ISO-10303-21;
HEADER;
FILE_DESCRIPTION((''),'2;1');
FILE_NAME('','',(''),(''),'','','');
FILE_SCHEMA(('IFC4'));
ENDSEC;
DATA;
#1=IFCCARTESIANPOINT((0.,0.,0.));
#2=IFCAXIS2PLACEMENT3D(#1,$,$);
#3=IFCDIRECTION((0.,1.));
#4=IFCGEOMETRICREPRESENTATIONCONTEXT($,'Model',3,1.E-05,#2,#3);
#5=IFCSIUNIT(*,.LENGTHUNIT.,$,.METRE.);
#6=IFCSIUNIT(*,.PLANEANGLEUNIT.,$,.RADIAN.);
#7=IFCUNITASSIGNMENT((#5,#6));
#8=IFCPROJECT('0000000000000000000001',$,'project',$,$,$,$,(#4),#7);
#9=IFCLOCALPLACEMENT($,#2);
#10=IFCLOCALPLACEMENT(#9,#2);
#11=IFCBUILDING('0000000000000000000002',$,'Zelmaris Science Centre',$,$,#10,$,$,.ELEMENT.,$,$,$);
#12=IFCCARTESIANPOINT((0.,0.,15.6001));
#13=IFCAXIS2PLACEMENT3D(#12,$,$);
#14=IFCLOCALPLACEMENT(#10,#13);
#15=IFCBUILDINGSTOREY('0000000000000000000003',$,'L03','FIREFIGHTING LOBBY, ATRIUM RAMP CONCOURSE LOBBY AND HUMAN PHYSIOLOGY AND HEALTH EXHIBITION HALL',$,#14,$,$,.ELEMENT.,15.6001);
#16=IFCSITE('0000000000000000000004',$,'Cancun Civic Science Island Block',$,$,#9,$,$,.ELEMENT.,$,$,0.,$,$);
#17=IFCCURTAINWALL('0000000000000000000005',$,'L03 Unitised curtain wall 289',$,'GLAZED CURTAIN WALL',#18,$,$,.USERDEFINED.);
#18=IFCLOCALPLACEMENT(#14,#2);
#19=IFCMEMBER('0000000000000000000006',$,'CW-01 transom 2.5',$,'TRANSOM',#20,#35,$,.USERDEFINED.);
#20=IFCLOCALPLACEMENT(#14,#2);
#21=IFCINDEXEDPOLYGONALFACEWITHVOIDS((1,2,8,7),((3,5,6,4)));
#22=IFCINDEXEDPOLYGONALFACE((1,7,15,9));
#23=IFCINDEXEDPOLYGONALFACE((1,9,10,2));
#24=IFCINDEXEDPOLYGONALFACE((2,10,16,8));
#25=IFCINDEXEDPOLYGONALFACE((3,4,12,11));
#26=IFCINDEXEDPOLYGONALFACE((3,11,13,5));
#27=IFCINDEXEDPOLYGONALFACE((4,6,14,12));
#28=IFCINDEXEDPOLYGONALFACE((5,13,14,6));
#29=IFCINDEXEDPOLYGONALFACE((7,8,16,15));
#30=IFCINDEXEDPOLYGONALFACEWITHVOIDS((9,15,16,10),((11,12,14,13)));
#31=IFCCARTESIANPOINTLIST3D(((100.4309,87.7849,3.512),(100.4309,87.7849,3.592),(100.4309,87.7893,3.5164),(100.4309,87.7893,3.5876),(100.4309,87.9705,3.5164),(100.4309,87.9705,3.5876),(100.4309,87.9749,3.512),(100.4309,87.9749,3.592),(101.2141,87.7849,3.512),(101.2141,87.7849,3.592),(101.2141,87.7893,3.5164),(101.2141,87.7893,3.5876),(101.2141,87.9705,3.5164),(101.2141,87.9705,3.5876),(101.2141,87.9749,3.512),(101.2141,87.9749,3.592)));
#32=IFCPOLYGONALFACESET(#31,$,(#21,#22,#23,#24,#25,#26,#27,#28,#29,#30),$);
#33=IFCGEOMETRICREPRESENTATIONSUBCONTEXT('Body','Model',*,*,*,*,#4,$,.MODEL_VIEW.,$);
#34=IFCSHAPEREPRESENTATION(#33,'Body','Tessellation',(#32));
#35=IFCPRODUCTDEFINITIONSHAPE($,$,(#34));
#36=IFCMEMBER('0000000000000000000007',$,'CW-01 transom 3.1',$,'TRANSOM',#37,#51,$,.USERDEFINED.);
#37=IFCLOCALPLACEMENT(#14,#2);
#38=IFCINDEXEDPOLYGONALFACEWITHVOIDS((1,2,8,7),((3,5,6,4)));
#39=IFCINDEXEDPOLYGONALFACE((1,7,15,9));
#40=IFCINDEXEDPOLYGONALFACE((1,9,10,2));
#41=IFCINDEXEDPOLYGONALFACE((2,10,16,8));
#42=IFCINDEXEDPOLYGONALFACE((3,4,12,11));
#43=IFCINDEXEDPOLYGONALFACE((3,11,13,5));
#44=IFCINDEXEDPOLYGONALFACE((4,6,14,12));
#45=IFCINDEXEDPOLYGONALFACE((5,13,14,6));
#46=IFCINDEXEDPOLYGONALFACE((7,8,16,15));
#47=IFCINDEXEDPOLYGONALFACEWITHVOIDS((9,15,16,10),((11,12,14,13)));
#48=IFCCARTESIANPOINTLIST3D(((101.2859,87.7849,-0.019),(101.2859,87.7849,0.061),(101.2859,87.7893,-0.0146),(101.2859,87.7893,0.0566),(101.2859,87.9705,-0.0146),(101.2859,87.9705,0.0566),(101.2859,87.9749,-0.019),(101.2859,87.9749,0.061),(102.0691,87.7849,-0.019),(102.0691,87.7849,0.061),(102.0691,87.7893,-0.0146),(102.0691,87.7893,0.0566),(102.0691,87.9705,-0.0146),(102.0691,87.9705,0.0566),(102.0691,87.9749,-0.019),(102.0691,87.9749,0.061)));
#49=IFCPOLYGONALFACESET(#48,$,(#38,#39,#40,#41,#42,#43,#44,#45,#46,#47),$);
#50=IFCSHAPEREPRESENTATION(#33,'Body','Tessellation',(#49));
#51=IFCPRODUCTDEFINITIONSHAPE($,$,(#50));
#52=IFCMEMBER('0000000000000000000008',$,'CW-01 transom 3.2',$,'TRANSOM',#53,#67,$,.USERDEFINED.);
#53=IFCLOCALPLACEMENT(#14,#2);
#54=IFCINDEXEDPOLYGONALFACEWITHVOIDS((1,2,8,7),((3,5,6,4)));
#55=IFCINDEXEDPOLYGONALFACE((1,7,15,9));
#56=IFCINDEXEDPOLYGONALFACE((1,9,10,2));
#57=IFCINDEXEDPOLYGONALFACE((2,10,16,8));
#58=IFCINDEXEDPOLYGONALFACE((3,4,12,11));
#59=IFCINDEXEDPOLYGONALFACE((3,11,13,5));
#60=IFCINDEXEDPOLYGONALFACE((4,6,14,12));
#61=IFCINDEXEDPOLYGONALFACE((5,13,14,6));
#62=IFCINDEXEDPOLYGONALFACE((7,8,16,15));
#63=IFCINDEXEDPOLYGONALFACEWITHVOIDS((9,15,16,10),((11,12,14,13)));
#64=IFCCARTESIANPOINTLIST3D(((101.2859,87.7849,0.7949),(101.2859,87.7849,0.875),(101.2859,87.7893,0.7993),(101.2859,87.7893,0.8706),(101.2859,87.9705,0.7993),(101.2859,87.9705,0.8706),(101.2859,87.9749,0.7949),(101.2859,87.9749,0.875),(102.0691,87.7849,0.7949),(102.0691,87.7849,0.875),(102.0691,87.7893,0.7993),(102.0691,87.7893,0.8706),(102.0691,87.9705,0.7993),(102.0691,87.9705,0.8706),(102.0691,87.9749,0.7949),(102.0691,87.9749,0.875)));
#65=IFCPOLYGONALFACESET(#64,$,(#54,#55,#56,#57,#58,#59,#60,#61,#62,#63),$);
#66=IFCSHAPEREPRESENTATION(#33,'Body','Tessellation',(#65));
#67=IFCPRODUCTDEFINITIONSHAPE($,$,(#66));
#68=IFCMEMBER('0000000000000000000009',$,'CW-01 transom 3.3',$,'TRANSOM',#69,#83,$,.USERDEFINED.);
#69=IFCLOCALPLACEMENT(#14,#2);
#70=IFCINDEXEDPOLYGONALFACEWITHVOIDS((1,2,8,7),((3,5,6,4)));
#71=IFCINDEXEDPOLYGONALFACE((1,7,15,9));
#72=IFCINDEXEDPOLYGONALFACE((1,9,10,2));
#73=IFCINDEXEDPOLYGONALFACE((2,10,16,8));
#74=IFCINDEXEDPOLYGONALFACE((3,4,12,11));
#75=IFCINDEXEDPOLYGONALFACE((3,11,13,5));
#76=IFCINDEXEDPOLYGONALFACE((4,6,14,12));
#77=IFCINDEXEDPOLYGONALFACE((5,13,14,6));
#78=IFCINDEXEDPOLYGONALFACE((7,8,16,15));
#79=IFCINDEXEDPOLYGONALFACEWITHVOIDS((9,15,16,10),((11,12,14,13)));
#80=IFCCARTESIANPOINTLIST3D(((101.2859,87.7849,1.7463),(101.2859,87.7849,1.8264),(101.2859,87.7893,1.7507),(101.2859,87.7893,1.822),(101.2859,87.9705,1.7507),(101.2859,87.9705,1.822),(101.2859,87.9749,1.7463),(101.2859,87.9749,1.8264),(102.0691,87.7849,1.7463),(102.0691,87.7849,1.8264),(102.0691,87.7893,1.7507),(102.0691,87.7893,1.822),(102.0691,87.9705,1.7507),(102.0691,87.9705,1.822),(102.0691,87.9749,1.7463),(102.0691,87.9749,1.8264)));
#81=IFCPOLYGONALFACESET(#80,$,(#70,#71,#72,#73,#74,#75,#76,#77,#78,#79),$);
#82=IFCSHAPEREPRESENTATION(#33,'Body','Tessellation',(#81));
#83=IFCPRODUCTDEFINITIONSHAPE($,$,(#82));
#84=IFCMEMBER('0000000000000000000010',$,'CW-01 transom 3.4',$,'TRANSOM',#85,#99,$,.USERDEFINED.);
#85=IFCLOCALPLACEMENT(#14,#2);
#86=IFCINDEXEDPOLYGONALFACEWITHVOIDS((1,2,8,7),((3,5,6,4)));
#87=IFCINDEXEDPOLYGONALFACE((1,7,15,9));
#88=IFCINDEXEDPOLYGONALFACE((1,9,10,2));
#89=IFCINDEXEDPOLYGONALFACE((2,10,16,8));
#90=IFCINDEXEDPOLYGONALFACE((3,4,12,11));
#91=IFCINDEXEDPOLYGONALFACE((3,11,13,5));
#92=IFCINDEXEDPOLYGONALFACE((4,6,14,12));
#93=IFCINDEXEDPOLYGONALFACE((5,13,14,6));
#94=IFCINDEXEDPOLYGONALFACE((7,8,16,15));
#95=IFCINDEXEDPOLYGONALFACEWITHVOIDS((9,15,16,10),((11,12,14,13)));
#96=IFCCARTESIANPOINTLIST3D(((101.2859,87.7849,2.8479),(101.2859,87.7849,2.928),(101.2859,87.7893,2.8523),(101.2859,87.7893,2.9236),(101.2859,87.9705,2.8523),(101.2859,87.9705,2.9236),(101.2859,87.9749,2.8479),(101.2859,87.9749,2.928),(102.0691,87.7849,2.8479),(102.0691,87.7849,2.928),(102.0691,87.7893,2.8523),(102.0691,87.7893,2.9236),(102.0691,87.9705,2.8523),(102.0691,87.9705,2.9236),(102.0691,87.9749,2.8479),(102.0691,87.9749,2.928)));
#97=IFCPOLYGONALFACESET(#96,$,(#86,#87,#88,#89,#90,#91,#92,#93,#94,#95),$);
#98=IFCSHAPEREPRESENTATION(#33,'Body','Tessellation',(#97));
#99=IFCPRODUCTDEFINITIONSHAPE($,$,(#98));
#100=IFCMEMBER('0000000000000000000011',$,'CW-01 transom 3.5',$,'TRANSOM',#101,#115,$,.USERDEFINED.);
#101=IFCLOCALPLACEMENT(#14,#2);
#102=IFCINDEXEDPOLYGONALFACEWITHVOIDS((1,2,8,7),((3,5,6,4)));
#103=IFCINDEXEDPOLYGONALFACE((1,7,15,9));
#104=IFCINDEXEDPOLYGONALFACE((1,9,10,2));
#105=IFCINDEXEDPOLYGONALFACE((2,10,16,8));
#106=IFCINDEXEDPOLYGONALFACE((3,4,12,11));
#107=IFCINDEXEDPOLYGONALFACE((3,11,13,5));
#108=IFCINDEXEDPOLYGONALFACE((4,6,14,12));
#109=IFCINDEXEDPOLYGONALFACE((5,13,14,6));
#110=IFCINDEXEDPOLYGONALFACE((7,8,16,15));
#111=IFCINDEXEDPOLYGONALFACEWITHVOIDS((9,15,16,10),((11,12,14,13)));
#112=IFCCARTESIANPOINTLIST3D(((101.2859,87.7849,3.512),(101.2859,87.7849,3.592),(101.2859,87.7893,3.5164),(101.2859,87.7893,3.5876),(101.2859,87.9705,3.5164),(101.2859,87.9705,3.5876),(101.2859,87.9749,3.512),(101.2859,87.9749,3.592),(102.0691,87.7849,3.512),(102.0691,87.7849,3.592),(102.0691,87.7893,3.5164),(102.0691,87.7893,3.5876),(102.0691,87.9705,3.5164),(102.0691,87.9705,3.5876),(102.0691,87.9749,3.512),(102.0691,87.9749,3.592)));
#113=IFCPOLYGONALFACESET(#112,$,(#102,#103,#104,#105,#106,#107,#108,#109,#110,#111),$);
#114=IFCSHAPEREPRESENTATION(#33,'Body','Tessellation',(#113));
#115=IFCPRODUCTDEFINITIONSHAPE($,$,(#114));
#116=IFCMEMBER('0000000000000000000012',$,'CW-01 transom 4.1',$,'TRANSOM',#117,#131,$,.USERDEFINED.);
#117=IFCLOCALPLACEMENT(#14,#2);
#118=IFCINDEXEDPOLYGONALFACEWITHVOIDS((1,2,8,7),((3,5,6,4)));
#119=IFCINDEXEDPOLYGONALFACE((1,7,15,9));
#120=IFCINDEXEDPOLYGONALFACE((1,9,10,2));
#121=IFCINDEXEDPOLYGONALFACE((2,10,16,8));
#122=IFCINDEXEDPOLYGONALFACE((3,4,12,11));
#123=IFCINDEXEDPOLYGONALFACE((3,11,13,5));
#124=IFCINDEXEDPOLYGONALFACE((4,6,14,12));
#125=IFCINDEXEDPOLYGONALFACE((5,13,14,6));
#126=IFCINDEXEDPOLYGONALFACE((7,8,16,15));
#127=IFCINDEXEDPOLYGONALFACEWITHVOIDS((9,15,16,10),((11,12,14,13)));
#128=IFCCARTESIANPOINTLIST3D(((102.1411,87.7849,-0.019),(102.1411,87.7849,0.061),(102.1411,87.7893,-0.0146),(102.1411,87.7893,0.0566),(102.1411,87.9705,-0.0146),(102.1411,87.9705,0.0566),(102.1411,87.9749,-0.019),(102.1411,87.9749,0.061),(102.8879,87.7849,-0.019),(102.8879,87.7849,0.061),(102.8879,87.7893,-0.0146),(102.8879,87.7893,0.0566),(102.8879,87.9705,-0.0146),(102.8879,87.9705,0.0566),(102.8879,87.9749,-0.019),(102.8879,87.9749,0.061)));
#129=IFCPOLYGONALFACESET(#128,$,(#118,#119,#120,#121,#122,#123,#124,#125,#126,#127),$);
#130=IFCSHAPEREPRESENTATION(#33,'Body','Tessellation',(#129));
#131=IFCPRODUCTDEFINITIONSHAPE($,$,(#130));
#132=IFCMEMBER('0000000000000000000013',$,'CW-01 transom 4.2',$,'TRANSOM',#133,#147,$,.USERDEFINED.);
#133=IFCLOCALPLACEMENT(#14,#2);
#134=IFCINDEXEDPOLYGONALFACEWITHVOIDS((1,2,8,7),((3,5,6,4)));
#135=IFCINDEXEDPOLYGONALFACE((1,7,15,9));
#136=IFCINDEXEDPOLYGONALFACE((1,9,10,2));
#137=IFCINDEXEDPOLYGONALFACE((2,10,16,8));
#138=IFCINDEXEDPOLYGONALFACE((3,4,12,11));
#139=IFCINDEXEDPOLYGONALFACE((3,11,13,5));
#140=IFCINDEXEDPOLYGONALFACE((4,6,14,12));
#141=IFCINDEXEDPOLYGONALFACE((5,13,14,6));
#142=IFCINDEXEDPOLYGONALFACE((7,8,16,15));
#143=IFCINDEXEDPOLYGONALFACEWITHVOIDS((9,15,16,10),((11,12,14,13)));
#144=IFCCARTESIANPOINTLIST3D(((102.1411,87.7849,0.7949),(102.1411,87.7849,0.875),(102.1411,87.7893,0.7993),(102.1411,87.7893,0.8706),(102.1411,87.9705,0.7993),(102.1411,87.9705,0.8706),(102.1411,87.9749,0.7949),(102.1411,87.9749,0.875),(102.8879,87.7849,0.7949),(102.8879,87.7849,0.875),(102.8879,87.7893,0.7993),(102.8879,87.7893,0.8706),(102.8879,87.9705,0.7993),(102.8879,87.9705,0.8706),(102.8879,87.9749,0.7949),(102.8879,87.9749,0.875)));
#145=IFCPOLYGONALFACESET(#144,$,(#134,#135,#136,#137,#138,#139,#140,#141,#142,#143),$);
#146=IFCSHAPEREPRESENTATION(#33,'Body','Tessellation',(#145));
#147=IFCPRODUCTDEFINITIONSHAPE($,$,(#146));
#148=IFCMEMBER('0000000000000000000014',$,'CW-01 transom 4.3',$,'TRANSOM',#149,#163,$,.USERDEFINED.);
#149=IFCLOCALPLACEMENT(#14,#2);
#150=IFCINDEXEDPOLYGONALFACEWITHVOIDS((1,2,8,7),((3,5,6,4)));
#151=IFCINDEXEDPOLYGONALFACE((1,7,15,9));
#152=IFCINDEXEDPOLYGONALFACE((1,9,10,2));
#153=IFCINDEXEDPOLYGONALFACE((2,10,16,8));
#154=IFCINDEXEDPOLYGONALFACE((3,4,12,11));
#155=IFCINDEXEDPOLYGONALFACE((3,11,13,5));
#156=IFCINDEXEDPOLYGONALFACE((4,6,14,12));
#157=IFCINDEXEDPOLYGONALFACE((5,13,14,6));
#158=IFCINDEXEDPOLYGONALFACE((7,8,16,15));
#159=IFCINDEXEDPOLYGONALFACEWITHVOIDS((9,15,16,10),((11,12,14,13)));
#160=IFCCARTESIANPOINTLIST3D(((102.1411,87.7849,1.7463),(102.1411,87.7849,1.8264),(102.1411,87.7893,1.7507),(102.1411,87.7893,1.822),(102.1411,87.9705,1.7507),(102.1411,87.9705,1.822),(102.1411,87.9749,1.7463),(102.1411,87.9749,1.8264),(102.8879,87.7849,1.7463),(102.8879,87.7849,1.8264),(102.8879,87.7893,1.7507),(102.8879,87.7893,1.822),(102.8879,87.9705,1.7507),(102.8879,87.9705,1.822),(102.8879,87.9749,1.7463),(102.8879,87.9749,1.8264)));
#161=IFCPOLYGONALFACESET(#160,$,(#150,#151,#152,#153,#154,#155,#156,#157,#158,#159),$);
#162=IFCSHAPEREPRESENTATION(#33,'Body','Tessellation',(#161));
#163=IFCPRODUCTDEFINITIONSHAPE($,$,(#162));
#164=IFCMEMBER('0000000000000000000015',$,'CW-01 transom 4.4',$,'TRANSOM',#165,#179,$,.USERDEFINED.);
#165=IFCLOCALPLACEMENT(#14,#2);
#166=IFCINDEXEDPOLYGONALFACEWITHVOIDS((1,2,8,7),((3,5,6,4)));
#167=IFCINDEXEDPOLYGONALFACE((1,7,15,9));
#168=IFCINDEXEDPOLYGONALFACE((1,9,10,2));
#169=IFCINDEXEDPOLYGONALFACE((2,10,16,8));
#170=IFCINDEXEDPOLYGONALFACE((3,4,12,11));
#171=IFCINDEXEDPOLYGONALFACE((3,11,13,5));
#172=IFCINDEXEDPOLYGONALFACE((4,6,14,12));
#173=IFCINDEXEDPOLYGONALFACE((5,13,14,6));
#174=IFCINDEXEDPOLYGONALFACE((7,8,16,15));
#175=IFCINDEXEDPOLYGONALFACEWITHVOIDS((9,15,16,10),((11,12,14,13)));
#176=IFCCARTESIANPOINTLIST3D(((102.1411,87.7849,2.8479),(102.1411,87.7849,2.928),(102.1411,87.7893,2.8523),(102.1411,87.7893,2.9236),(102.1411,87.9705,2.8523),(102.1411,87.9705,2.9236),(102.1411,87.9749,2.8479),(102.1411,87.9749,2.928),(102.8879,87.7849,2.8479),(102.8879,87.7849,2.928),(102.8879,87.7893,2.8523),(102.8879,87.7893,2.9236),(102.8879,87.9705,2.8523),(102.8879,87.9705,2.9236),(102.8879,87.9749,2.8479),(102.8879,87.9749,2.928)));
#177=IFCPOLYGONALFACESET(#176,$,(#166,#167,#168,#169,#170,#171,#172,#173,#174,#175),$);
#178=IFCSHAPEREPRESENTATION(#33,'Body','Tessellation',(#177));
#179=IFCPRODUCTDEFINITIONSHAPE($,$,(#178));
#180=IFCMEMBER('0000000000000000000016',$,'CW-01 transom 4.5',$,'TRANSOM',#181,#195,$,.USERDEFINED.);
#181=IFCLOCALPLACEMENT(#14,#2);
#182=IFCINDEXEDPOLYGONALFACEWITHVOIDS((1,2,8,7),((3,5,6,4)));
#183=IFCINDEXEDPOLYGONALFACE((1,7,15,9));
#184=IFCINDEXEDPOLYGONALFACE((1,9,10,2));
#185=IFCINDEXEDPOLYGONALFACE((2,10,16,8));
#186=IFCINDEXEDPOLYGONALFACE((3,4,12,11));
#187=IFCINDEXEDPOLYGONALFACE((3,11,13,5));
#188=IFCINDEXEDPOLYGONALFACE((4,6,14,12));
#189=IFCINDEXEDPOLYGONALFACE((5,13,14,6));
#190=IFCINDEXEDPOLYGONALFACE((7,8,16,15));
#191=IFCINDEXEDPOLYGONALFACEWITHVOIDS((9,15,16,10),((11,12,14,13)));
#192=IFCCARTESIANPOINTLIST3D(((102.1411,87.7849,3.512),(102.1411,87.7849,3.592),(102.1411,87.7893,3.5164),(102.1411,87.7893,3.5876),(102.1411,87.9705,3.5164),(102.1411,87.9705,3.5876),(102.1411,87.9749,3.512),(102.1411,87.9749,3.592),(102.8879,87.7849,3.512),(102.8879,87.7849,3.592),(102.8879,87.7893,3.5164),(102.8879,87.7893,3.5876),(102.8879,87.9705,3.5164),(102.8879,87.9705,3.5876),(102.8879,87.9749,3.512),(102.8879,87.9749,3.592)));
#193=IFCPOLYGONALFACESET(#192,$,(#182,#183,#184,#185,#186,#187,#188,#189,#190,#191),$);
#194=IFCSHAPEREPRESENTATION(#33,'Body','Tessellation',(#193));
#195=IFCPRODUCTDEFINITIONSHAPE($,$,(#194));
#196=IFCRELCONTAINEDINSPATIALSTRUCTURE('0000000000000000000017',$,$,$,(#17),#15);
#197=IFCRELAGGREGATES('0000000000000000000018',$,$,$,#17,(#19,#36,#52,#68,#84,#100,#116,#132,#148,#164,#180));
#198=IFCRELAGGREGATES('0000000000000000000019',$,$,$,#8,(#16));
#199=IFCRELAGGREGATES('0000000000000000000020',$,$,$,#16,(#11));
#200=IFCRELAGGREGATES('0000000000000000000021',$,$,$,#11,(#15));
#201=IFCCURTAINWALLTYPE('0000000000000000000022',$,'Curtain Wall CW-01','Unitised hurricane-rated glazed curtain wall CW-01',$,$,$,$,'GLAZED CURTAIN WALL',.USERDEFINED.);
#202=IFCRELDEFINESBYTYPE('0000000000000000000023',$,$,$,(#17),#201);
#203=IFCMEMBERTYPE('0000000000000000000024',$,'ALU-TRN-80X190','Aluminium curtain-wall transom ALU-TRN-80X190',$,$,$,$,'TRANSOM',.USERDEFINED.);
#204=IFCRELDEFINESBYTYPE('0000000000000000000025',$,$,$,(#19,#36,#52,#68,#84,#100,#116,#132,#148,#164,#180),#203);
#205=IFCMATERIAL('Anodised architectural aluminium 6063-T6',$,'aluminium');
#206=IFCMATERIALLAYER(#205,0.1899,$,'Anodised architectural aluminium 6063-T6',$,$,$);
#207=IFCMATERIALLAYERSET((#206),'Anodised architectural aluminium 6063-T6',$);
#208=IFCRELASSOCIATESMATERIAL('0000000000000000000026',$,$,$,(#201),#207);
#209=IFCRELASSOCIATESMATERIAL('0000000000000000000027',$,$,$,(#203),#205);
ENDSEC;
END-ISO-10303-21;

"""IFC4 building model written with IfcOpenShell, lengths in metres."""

from ifc_helpers import new_model, si_unit, direction, frame, origin, origin_2d, place, context, subcontext, project, spatial, hollow_rectangle, extrude, material, layer, layer_set, material_profile, profile_set, type_object, element, aggregate, save


model = new_model("IFC4")

# Units and contexts
model_context = context("Model", 3, precision=1e-05, world=origin(), true_north=direction((0.0, 1.0)))
body_context = subcontext(model_context, "Body", "Model", "MODEL_VIEW")
ifc_project = project(units=[si_unit("LENGTHUNIT", "METRE"), si_unit("PLANEANGLEUNIT", "RADIAN")], contexts=[model_context])

# Site, building, storey
site_placement = place(None, origin())
site = spatial("IfcSite", under=ifc_project, at=site_placement, Name="Cancun Civic Science Island Block", CompositionType="ELEMENT", RefElevation=0.0)
building_placement = place(site_placement, origin())
building = spatial("IfcBuilding", under=site, at=building_placement, Name="Zelmaris Science Centre", CompositionType="ELEMENT")
storey_placement = place(building_placement, frame((0.0, 0.0, 15.6001)))
storey = spatial("IfcBuildingStorey", under=building, at=storey_placement, Name="L03", Description="FIREFIGHTING LOBBY, ATRIUM RAMP CONCOURSE LOBBY AND HUMAN PHYSIOLOGY AND HEALTH EXHIBITION HALL", CompositionType="ELEMENT", Elevation=15.6001)

# Curtain wall, members
ifc_material_1 = material(Name="Anodised architectural aluminium 6063-T6", Category="aluminium")
ifc_layer_1 = layer(ifc_material_1, 0.1899, Name="Anodised architectural aluminium 6063-T6")
ifc_layer_set_1 = layer_set([ifc_layer_1], Name="Anodised architectural aluminium 6063-T6")
curtain_wall_type = type_object("IfcCurtainWallType", Name="Curtain Wall CW-01", Description="Unitised hurricane-rated glazed curtain wall CW-01", ElementType="GLAZED CURTAIN WALL", PredefinedType="USERDEFINED", material=ifc_layer_set_1)
curtain_wall_placement = place(storey_placement, origin())
curtain_wall = element("IfcCurtainWall", 1, at=curtain_wall_placement, inside=storey, type_object=curtain_wall_type, Name="L03 Unitised curtain wall 289", ObjectType="GLAZED CURTAIN WALL", PredefinedType="USERDEFINED")
ifc_material_profile_1 = material_profile(ifc_material_1, hollow_rectangle(XDim=0.0801, YDim=0.1899, WallThickness=0.0044, at=origin_2d()), Name="ALU-TRN-80X190")
ifc_profile_set_1 = profile_set([ifc_material_profile_1], Name="Anodised architectural aluminium 6063-T6")
member_type_1 = type_object("IfcMemberType", Name="ALU-TRN-80X190", Description="Aluminium curtain-wall transom ALU-TRN-80X190", ElementType="TRANSOM", PredefinedType="USERDEFINED", material=ifc_profile_set_1)
member_1_placement = place(storey_placement, frame((100.4309, 87.8799, 3.552), z_axis=(1.0, 0.0, 0.0), x_axis=(0.0, 0.0, 1.0)))
member_1 = element("IfcMember", 2, at=member_1_placement, type_object=member_type_1, Name="CW-01 transom 2.5", ObjectType="TRANSOM", PredefinedType="USERDEFINED", context=body_context, shape_type="SweptSolid", body=[
    extrude(hollow_rectangle(XDim=0.0801, YDim=0.1899, WallThickness=0.0044, at=origin_2d()), origin(), (0.0, 0.0, 1.0), 0.7832),
])
member_2_placement = place(storey_placement, frame((101.2859, 87.8799, 0.021), z_axis=(1.0, 0.0, 0.0), x_axis=(0.0, 0.0, 1.0)))
member_2 = element("IfcMember", 3, at=member_2_placement, type_object=member_type_1, Name="CW-01 transom 3.1", ObjectType="TRANSOM", PredefinedType="USERDEFINED", context=body_context, shape_type="SweptSolid", body=[
    extrude(hollow_rectangle(XDim=0.0801, YDim=0.1899, WallThickness=0.0044, at=origin_2d()), origin(), (0.0, 0.0, 1.0), 0.7832),
])
member_3_placement = place(storey_placement, frame((101.2859, 87.8799, 0.835), z_axis=(1.0, 0.0, 0.0), x_axis=(0.0, 0.0, 1.0)))
member_3 = element("IfcMember", 4, at=member_3_placement, type_object=member_type_1, Name="CW-01 transom 3.2", ObjectType="TRANSOM", PredefinedType="USERDEFINED", context=body_context, shape_type="SweptSolid", body=[
    extrude(hollow_rectangle(XDim=0.0801, YDim=0.1899, WallThickness=0.0044, at=origin_2d()), origin(), (0.0, 0.0, 1.0), 0.7832),
])
member_4_placement = place(storey_placement, frame((101.2859, 87.8799, 1.7864), z_axis=(1.0, 0.0, 0.0), x_axis=(0.0, 0.0, 1.0)))
member_4 = element("IfcMember", 5, at=member_4_placement, type_object=member_type_1, Name="CW-01 transom 3.3", ObjectType="TRANSOM", PredefinedType="USERDEFINED", context=body_context, shape_type="SweptSolid", body=[
    extrude(hollow_rectangle(XDim=0.0801, YDim=0.1899, WallThickness=0.0044, at=origin_2d()), origin(), (0.0, 0.0, 1.0), 0.7832),
])
member_5_placement = place(storey_placement, frame((101.2859, 87.8799, 2.8879), z_axis=(1.0, 0.0, 0.0), x_axis=(0.0, 0.0, 1.0)))
member_5 = element("IfcMember", 6, at=member_5_placement, type_object=member_type_1, Name="CW-01 transom 3.4", ObjectType="TRANSOM", PredefinedType="USERDEFINED", context=body_context, shape_type="SweptSolid", body=[
    extrude(hollow_rectangle(XDim=0.0801, YDim=0.1899, WallThickness=0.0044, at=origin_2d()), origin(), (0.0, 0.0, 1.0), 0.7832),
])
member_6_placement = place(storey_placement, frame((101.2859, 87.8799, 3.552), z_axis=(1.0, 0.0, 0.0), x_axis=(0.0, 0.0, 1.0)))
member_6 = element("IfcMember", 7, at=member_6_placement, type_object=member_type_1, Name="CW-01 transom 3.5", ObjectType="TRANSOM", PredefinedType="USERDEFINED", context=body_context, shape_type="SweptSolid", body=[
    extrude(hollow_rectangle(XDim=0.0801, YDim=0.1899, WallThickness=0.0044, at=origin_2d()), origin(), (0.0, 0.0, 1.0), 0.7832),
])
member_7_placement = place(storey_placement, frame((102.1411, 87.8799, 0.021), z_axis=(1.0, 0.0, 0.0), x_axis=(0.0, 0.0, 1.0)))
member_7 = element("IfcMember", 8, at=member_7_placement, type_object=member_type_1, Name="CW-01 transom 4.1", ObjectType="TRANSOM", PredefinedType="USERDEFINED", context=body_context, shape_type="SweptSolid", body=[
    extrude(hollow_rectangle(XDim=0.0801, YDim=0.1899, WallThickness=0.0044, at=origin_2d()), origin(), (0.0, 0.0, 1.0), 0.7468),
])
member_8_placement = place(storey_placement, frame((102.1411, 87.8799, 0.835), z_axis=(1.0, 0.0, 0.0), x_axis=(0.0, 0.0, 1.0)))
member_8 = element("IfcMember", 9, at=member_8_placement, type_object=member_type_1, Name="CW-01 transom 4.2", ObjectType="TRANSOM", PredefinedType="USERDEFINED", context=body_context, shape_type="SweptSolid", body=[
    extrude(hollow_rectangle(XDim=0.0801, YDim=0.1899, WallThickness=0.0044, at=origin_2d()), origin(), (0.0, 0.0, 1.0), 0.7468),
])
member_9_placement = place(storey_placement, frame((102.1411, 87.8799, 1.7864), z_axis=(1.0, 0.0, 0.0), x_axis=(0.0, 0.0, 1.0)))
member_9 = element("IfcMember", 10, at=member_9_placement, type_object=member_type_1, Name="CW-01 transom 4.3", ObjectType="TRANSOM", PredefinedType="USERDEFINED", context=body_context, shape_type="SweptSolid", body=[
    extrude(hollow_rectangle(XDim=0.0801, YDim=0.1899, WallThickness=0.0044, at=origin_2d()), origin(), (0.0, 0.0, 1.0), 0.7468),
])
member_10_placement = place(storey_placement, frame((102.1411, 87.8799, 2.8879), z_axis=(1.0, 0.0, 0.0), x_axis=(0.0, 0.0, 1.0)))
member_10 = element("IfcMember", 11, at=member_10_placement, type_object=member_type_1, Name="CW-01 transom 4.4", ObjectType="TRANSOM", PredefinedType="USERDEFINED", context=body_context, shape_type="SweptSolid", body=[
    extrude(hollow_rectangle(XDim=0.0801, YDim=0.1899, WallThickness=0.0044, at=origin_2d()), origin(), (0.0, 0.0, 1.0), 0.7468),
])
member_11_placement = place(storey_placement, frame((102.1411, 87.8799, 3.552), z_axis=(1.0, 0.0, 0.0), x_axis=(0.0, 0.0, 1.0)))
member_11 = element("IfcMember", 12, at=member_11_placement, type_object=member_type_1, Name="CW-01 transom 4.5", ObjectType="TRANSOM", PredefinedType="USERDEFINED", context=body_context, shape_type="SweptSolid", body=[
    extrude(hollow_rectangle(XDim=0.0801, YDim=0.1899, WallThickness=0.0044, at=origin_2d()), origin(), (0.0, 0.0, 1.0), 0.7468),
])
aggregate(curtain_wall, [member_1, member_2, member_3, member_4, member_5, member_6, member_7, member_8, member_9, member_10, member_11])

save(model, "model.ifc")
